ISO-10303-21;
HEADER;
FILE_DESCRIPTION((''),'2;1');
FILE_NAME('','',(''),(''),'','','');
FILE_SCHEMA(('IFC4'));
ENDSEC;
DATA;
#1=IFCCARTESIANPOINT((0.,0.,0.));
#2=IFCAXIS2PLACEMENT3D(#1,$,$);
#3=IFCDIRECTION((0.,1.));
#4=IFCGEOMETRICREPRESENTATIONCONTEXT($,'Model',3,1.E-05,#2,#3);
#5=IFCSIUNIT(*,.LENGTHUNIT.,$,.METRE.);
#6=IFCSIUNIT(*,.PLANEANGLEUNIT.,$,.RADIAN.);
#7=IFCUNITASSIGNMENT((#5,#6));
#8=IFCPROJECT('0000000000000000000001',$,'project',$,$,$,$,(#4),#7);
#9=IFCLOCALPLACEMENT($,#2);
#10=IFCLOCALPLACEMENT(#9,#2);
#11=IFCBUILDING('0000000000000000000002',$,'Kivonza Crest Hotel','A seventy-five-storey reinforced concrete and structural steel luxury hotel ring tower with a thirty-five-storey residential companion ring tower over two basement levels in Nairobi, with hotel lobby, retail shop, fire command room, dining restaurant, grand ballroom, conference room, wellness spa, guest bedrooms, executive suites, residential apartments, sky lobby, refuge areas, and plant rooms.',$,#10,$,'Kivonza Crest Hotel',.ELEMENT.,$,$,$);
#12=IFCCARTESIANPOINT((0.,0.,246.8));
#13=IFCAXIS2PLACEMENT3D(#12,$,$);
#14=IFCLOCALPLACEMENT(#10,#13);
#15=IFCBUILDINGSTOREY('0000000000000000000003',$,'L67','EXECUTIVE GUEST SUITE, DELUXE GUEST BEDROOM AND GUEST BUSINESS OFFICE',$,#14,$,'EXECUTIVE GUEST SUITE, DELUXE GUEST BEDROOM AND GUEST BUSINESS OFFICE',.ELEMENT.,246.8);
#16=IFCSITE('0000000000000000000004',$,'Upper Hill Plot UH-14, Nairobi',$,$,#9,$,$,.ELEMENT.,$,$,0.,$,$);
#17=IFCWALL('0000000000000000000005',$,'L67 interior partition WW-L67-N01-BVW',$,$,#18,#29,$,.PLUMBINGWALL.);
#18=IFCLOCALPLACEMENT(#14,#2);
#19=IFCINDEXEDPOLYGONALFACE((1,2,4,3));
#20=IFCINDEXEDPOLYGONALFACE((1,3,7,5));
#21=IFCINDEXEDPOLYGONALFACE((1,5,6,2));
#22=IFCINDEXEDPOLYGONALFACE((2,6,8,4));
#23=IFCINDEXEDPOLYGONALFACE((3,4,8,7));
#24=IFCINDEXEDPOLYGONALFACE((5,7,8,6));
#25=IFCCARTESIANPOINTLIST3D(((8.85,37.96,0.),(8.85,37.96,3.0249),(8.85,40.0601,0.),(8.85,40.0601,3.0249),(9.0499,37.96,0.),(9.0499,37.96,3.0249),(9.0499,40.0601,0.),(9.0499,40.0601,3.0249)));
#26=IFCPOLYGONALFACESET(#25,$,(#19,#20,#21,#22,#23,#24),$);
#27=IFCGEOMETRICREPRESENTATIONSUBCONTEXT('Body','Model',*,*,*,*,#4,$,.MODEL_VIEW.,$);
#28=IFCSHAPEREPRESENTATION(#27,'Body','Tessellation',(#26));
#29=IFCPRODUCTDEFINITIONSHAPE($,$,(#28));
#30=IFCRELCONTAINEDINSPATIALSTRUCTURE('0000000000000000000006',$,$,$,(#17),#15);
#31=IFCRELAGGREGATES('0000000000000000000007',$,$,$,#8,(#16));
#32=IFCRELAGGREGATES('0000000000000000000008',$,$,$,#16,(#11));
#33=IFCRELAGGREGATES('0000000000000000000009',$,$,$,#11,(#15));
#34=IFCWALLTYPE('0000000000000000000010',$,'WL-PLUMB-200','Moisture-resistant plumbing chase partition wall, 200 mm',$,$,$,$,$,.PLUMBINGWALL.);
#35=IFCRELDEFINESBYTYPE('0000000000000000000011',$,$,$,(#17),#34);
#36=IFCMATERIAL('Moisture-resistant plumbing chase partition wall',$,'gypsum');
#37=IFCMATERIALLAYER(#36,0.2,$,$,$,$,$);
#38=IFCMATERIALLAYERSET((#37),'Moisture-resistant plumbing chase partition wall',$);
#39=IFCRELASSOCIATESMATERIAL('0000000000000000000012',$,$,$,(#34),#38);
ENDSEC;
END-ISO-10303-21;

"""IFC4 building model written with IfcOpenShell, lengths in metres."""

from ifc_helpers import new_model, si_unit, direction, frame, frame_2d, origin, place, context, subcontext, project, spatial, rectangle, extrude, material, layer, layer_set, type_object, element, save


model = new_model("IFC4")

# Units and contexts
model_context = context("Model", 3, precision=1e-05, world=origin(), true_north=direction((0.0, 1.0)))
body_context = subcontext(model_context, "Body", "Model", "MODEL_VIEW")
ifc_project = project(units=[si_unit("LENGTHUNIT", "METRE"), si_unit("PLANEANGLEUNIT", "RADIAN")], contexts=[model_context])

# Site, building, storey
site_placement = place(None, origin())
site = spatial("IfcSite", under=ifc_project, at=site_placement, Name="Upper Hill Plot UH-14, Nairobi", CompositionType="ELEMENT", RefElevation=0.0)
building_placement = place(site_placement, origin())
building = spatial("IfcBuilding", under=site, at=building_placement, Name="Kivonza Crest Hotel", Description="A seventy-five-storey reinforced concrete and structural steel luxury hotel ring tower with a thirty-five-storey residential companion ring tower over two basement levels in Nairobi, with hotel lobby, retail shop, fire command room, dining restaurant, grand ballroom, conference room, wellness spa, guest bedrooms, executive suites, residential apartments, sky lobby, refuge areas, and plant rooms.", LongName="Kivonza Crest Hotel", CompositionType="ELEMENT")
storey_placement = place(building_placement, frame((0.0, 0.0, 246.8)))
storey = spatial("IfcBuildingStorey", under=building, at=storey_placement, Name="L67", Description="EXECUTIVE GUEST SUITE, DELUXE GUEST BEDROOM AND GUEST BUSINESS OFFICE", LongName="EXECUTIVE GUEST SUITE, DELUXE GUEST BEDROOM AND GUEST BUSINESS OFFICE", CompositionType="ELEMENT", Elevation=246.8)

# Wall
ifc_material_1 = material(Name="Moisture-resistant plumbing chase partition wall", Category="gypsum")
ifc_layer_1 = layer(ifc_material_1, 0.2)
ifc_layer_set_1 = layer_set([ifc_layer_1], Name="Moisture-resistant plumbing chase partition wall")
wall_type_1 = type_object("IfcWallType", Name="WL-PLUMB-200", Description="Moisture-resistant plumbing chase partition wall, 200 mm", PredefinedType="PLUMBINGWALL", material=ifc_layer_set_1)
wall_1_placement = place(storey_placement, frame((8.95, 37.96, 0.0), z_axis=(0.0, 0.0, 1.0), x_axis=(0.0, 1.0, 0.0)))
element("IfcWall", 1, at=wall_1_placement, inside=storey, type_object=wall_type_1, Name="L67 interior partition WW-L67-N01-BVW", PredefinedType="PLUMBINGWALL", context=body_context, shape_type="SweptSolid", body=[
    extrude(rectangle(XDim=2.1001, YDim=0.2, at=frame_2d((1.05, 0.0))), origin(), (0.0, 0.0, 1.0), 3.0249),
])

save(model, "model.ifc")
